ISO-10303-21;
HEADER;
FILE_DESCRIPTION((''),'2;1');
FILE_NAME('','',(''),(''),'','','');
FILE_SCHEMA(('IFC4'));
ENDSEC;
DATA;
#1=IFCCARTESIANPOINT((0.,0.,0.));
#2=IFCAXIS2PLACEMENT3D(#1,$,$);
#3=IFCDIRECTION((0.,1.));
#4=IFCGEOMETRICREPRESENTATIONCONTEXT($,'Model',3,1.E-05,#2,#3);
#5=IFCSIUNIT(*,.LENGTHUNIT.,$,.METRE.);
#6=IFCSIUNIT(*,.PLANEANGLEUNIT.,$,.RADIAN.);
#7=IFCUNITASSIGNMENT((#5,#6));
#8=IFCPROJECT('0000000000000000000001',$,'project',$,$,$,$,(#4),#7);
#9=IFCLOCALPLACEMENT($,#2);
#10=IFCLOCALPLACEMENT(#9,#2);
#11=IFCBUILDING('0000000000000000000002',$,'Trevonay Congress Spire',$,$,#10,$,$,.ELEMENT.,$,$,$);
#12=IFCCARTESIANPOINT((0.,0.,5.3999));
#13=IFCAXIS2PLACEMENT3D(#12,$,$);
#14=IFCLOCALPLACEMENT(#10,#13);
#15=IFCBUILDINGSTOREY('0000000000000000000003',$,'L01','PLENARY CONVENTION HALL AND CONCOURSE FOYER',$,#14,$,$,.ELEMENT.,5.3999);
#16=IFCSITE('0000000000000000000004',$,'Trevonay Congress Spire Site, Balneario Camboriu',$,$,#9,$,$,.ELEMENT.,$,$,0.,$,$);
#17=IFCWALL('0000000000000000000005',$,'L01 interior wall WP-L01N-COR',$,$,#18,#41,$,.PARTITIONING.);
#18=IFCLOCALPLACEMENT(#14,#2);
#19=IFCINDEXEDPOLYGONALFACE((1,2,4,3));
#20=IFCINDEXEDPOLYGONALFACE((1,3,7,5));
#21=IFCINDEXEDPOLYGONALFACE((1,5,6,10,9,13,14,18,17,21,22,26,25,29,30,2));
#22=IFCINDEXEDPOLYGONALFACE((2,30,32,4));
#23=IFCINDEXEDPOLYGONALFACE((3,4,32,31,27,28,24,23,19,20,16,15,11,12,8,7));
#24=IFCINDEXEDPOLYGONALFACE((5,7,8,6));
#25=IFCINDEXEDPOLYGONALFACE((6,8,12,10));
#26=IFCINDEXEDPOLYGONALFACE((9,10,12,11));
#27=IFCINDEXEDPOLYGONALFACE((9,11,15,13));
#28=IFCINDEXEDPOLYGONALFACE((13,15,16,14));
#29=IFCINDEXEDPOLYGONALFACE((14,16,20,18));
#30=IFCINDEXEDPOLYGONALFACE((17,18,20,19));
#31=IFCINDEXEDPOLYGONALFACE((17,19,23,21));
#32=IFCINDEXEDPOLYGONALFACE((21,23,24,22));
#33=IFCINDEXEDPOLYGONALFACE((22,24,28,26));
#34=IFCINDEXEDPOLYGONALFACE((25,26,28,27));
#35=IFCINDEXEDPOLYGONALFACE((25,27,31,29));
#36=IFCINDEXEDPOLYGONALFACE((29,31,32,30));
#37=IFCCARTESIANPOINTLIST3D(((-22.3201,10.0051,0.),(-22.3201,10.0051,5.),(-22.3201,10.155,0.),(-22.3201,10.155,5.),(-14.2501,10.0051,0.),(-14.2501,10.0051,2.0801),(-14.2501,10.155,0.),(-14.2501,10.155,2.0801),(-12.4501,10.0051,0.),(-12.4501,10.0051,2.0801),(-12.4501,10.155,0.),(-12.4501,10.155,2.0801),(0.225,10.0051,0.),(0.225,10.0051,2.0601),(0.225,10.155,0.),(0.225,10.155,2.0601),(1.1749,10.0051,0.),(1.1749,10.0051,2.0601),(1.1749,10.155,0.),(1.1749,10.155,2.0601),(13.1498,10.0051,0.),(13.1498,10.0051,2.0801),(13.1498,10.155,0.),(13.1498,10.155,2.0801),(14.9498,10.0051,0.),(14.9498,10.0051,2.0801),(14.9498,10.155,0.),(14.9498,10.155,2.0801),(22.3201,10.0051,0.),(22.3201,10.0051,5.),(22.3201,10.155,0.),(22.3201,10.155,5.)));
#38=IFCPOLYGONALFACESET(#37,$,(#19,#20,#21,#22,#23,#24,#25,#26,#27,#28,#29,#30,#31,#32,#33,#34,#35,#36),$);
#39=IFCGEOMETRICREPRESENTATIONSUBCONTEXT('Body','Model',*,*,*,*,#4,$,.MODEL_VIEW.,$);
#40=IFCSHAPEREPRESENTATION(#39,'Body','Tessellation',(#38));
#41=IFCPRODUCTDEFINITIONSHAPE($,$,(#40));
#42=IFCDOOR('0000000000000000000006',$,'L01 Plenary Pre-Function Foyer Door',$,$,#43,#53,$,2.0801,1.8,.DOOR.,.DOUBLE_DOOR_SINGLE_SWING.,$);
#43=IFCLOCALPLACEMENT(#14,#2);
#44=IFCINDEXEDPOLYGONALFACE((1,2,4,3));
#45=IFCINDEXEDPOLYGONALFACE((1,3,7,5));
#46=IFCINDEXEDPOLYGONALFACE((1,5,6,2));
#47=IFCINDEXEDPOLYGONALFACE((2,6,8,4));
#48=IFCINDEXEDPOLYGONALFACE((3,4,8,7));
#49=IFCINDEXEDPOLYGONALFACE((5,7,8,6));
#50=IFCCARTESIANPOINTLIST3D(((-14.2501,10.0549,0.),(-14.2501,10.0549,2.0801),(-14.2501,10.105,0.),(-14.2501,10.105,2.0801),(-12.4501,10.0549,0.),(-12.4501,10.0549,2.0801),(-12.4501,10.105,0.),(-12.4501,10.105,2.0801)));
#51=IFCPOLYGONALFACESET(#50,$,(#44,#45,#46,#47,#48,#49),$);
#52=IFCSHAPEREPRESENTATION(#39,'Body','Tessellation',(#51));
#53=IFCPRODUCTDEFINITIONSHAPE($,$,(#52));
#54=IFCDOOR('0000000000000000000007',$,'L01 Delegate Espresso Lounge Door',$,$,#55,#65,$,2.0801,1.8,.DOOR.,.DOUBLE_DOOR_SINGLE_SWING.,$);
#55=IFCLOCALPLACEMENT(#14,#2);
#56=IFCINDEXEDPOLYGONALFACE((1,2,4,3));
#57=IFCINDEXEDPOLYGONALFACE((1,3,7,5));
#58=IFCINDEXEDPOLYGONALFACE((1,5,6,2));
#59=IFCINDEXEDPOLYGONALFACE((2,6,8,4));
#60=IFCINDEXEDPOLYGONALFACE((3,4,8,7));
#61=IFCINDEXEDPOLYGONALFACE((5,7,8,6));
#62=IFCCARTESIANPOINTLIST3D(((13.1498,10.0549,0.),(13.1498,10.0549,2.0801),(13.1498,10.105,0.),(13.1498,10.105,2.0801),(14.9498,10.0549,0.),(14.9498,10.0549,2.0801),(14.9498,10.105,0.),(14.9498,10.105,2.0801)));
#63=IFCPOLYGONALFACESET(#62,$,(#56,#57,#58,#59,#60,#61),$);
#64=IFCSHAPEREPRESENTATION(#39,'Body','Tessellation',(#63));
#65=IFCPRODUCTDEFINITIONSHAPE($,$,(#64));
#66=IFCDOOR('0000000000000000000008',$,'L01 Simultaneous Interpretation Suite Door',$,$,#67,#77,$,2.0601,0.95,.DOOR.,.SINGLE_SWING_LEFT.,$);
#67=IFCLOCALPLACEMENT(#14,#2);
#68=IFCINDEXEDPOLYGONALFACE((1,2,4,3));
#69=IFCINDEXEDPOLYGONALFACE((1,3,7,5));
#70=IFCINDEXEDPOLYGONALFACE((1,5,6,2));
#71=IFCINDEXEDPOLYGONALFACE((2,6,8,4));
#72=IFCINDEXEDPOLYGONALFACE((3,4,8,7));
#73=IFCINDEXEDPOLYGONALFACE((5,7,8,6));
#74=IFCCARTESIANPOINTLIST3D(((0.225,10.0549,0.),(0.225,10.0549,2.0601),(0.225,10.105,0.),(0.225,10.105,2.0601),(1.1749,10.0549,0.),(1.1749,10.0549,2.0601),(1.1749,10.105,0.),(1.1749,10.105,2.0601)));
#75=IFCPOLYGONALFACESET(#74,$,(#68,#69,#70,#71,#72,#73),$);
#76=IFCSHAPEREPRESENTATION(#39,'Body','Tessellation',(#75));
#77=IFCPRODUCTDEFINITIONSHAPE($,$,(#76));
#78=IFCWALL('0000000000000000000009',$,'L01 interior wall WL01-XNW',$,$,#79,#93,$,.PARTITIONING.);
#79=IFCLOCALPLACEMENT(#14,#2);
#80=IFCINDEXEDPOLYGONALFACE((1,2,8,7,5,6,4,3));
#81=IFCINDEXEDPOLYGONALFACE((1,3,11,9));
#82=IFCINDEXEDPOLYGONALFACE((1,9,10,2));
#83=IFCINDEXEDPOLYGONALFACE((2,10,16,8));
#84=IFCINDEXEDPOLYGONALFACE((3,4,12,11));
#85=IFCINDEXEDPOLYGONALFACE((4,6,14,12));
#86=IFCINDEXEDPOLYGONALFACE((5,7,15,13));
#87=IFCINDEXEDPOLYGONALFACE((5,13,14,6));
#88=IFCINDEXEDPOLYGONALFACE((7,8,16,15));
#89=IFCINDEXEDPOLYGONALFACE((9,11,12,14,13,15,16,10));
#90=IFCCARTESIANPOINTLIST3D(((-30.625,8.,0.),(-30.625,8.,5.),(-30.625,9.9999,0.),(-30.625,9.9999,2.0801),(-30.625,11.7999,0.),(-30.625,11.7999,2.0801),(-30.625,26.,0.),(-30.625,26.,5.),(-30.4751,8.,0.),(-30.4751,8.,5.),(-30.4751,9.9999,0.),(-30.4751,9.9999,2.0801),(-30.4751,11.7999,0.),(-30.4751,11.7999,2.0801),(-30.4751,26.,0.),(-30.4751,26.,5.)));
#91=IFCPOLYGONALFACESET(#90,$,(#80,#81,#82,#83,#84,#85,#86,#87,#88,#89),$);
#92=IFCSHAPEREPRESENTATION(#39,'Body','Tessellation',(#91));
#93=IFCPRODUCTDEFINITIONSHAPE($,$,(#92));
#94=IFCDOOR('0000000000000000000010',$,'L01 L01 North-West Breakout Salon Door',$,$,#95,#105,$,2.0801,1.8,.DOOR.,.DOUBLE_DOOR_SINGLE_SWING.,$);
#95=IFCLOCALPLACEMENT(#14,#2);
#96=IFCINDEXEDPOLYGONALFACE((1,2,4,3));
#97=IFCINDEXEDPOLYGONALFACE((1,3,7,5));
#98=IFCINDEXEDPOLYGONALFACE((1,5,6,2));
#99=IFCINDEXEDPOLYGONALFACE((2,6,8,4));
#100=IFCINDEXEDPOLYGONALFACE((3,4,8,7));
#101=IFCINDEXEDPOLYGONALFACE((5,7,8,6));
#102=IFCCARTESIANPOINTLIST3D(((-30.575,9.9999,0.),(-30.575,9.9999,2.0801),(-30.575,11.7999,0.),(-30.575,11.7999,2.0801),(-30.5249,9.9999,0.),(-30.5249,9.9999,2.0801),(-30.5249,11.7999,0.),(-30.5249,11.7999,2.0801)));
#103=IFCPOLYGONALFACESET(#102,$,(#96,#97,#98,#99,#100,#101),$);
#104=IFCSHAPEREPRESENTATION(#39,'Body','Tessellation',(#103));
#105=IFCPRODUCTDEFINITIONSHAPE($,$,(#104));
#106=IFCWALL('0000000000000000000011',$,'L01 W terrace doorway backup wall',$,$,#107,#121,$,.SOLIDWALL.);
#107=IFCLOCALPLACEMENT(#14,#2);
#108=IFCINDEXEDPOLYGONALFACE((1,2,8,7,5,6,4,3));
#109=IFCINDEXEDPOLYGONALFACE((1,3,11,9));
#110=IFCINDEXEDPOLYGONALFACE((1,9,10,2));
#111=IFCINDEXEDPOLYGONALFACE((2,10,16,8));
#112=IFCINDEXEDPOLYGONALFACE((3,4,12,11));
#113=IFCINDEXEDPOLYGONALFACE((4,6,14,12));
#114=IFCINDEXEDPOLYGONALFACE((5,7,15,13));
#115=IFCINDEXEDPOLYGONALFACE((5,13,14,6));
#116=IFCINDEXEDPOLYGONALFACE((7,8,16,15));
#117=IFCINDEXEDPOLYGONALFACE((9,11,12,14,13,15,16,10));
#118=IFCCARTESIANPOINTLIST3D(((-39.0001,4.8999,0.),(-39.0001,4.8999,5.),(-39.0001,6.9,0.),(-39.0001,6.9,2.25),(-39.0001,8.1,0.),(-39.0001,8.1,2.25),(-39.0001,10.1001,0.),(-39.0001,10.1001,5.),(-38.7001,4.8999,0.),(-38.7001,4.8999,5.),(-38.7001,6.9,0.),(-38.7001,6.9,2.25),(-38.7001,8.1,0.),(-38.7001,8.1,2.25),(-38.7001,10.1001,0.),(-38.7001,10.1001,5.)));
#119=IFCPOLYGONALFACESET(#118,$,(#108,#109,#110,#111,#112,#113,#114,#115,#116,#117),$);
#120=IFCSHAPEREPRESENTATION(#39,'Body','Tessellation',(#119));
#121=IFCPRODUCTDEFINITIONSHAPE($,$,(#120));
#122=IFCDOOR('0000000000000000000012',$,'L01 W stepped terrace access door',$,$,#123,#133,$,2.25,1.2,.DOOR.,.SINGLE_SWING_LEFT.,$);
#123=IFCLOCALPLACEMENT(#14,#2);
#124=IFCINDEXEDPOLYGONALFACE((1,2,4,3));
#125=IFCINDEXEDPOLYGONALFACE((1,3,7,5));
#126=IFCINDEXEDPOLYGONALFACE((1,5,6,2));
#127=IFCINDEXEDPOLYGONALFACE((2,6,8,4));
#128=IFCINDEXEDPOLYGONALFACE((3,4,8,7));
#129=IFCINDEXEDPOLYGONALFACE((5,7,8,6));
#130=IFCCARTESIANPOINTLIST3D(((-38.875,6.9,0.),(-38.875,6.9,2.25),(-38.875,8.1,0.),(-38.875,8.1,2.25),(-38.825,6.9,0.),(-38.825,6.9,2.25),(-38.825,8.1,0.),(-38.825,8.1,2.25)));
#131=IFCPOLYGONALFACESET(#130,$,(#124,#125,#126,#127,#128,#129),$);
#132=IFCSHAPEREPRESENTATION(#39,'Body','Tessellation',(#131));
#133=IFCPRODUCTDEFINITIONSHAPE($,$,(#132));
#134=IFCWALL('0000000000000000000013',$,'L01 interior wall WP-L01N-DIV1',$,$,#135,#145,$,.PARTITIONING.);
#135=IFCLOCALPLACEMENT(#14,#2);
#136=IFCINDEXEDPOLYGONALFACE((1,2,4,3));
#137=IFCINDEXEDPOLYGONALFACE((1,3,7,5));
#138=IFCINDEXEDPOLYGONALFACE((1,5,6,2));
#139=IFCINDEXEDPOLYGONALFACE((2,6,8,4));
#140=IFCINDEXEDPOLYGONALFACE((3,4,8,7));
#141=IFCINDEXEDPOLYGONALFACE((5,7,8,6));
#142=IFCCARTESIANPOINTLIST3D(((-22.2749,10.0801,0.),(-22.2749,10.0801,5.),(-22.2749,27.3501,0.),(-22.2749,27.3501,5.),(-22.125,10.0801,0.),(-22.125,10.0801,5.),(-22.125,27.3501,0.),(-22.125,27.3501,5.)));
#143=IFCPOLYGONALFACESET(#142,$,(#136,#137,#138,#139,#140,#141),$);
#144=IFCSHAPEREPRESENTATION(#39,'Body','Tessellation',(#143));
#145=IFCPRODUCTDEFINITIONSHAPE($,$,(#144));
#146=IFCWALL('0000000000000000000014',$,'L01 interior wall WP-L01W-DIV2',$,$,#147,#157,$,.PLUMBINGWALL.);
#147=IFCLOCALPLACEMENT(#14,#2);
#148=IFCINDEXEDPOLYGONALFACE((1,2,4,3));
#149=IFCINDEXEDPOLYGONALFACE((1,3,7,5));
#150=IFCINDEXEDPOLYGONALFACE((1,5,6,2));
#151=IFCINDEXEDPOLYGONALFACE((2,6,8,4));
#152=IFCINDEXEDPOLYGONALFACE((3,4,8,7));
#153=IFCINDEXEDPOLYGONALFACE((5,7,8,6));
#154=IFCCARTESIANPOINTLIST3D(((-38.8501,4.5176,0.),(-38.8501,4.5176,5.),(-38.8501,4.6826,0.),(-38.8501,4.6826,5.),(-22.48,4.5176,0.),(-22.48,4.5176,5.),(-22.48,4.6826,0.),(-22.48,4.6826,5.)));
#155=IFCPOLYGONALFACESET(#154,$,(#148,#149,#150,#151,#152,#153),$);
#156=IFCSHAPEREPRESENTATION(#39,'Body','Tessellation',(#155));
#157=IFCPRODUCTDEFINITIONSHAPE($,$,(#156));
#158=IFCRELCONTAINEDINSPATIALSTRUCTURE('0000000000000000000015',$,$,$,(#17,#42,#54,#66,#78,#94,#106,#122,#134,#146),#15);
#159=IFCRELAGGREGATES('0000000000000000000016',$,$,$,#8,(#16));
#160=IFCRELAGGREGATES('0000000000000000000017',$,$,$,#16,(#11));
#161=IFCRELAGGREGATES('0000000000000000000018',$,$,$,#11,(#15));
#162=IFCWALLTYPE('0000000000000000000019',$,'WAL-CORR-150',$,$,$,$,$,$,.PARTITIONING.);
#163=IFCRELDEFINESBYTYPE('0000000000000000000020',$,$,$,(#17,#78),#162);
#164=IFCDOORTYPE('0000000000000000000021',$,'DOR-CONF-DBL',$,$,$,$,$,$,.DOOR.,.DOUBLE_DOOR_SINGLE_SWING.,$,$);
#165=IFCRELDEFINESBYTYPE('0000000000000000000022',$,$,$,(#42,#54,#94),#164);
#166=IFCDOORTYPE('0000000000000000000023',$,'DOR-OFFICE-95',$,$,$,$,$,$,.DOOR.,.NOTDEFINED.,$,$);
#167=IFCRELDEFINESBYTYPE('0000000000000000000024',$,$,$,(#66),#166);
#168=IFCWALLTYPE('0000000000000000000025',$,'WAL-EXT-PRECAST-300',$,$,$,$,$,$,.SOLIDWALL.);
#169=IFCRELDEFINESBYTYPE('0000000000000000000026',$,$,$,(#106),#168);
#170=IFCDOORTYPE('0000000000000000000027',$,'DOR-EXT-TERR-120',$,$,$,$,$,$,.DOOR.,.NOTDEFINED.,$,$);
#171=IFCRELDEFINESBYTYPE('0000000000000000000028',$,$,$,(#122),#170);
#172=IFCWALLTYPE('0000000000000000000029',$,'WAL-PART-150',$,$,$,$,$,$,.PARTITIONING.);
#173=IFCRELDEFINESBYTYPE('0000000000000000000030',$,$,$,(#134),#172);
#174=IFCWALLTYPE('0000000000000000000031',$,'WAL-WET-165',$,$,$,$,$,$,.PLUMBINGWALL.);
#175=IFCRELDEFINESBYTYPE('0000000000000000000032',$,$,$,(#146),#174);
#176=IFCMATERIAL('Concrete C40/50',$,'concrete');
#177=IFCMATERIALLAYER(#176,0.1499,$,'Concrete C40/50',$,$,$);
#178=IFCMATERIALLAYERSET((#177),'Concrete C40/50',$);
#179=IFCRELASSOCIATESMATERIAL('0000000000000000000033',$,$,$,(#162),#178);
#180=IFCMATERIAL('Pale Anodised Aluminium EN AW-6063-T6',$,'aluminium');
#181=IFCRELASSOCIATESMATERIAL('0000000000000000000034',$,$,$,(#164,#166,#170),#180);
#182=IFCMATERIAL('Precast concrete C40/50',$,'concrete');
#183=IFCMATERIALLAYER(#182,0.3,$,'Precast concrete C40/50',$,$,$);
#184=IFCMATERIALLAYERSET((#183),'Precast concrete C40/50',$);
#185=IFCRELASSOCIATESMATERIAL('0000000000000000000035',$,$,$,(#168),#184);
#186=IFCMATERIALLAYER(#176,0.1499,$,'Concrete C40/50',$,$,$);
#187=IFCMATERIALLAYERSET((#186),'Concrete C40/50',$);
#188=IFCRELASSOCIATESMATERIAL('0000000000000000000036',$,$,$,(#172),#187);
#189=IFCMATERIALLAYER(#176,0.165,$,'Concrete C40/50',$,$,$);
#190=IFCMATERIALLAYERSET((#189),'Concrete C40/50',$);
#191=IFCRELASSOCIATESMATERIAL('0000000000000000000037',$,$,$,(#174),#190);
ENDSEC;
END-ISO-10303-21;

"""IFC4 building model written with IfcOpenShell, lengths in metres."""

from ifc_helpers import new_model, si_unit, direction, frame, frame_2d, origin, place, context, subcontext, project, spatial, rectangle, extrude, material, layer, layer_set, type_object, element, fill, save


model = new_model("IFC4")

# Units and contexts
model_context = context("Model", 3, precision=1e-05, world=origin(), true_north=direction((0.0, 1.0)))
body_context = subcontext(model_context, "Body", "Model", "MODEL_VIEW")
ifc_project = project(units=[si_unit("LENGTHUNIT", "METRE"), si_unit("PLANEANGLEUNIT", "RADIAN")], contexts=[model_context])

# Site, building, storey
site_placement = place(None, origin())
site = spatial("IfcSite", under=ifc_project, at=site_placement, Name="Trevonay Congress Spire Site, Balneario Camboriu", CompositionType="ELEMENT", RefElevation=0.0)
building_placement = place(site_placement, origin())
building = spatial("IfcBuilding", under=site, at=building_placement, Name="Trevonay Congress Spire", CompositionType="ELEMENT")
storey_placement = place(building_placement, frame((0.0, 0.0, 5.3999)))
storey = spatial("IfcBuildingStorey", under=building, at=storey_placement, Name="L01", Description="PLENARY CONVENTION HALL AND CONCOURSE FOYER", CompositionType="ELEMENT", Elevation=5.3999)

# Shared definitions
ifc_material_1 = material(Name="Pale Anodised Aluminium EN AW-6063-T6", Category="aluminium")

# Wall, openings, doors
ifc_material_2 = material(Name="Concrete C40/50", Category="concrete")
ifc_layer_1 = layer(ifc_material_2, 0.1499, Name="Concrete C40/50")
ifc_layer_set_1 = layer_set([ifc_layer_1], Name="Concrete C40/50")
wall_type_1 = type_object("IfcWallType", Name="WAL-CORR-150", PredefinedType="PARTITIONING", material=ifc_layer_set_1)
wall_1_placement = place(storey_placement, frame((-22.3201, 10.0801, 0.0), z_axis=(0.0, 0.0, 1.0), x_axis=(1.0, 0.0, 0.0)))
wall_1 = element("IfcWall", 1, at=wall_1_placement, inside=storey, type_object=wall_type_1, Name="L01 interior wall WP-L01N-COR", PredefinedType="PARTITIONING", context=body_context, shape_type="SweptSolid", body=[
    extrude(rectangle(XDim=44.6401, YDim=0.1499, at=frame_2d((22.3201, 0.0))), origin(), (0.0, 0.0, 1.0), 5.0),
])
opening_1_placement = place(wall_1_placement, frame((8.0701, 0.0, 0.0)))
opening_1 = element("IfcOpeningElement", 2, at=opening_1_placement, cuts=wall_1, PredefinedType="OPENING", context=body_context, shape_type="SweptSolid", body=[
    extrude(rectangle(XDim=1.8, YDim=2.0801, at=frame_2d((0.8999, 1.04))), frame((0.0, 0.085, 0.0), z_axis=(0.0, -1.0, 0.0), x_axis=(1.0, 0.0, 0.0)), (0.0, 0.0, 1.0), 0.1699),
])
opening_2_placement = place(wall_1_placement, frame((22.5449, 0.0, 0.0)))
opening_2 = element("IfcOpeningElement", 3, at=opening_2_placement, cuts=wall_1, PredefinedType="OPENING", context=body_context, shape_type="SweptSolid", body=[
    extrude(rectangle(XDim=0.95, YDim=2.0601, at=frame_2d((0.4751, 1.03))), frame((0.0, 0.085, 0.0), z_axis=(0.0, -1.0, 0.0), x_axis=(1.0, 0.0, 0.0)), (0.0, 0.0, 1.0), 0.1699),
])
opening_3_placement = place(wall_1_placement, frame((35.47, 0.0, 0.0)))
opening_3 = element("IfcOpeningElement", 4, at=opening_3_placement, cuts=wall_1, PredefinedType="OPENING", context=body_context, shape_type="SweptSolid", body=[
    extrude(rectangle(XDim=1.8, YDim=2.0801, at=frame_2d((0.8999, 1.04))), frame((0.0, 0.085, 0.0), z_axis=(0.0, -1.0, 0.0), x_axis=(1.0, 0.0, 0.0)), (0.0, 0.0, 1.0), 0.1699),
])
door_type_1 = type_object("IfcDoorType", Name="DOR-CONF-DBL", OperationType="DOUBLE_DOOR_SINGLE_SWING", PredefinedType="DOOR", material=ifc_material_1)
door_1_placement = place(opening_1_placement, origin())
door_1 = element("IfcDoor", 5, at=door_1_placement, inside=storey, type_object=door_type_1, Name="L01 Plenary Pre-Function Foyer Door", OperationType="DOUBLE_DOOR_SINGLE_SWING", OverallHeight=2.0801, OverallWidth=1.8, PredefinedType="DOOR", context=body_context, shape_type="SweptSolid", body=[
    extrude(rectangle(XDim=1.8, YDim=2.0801, at=frame_2d((0.8999, 1.04))), frame((0.0, 0.0249, 0.0), z_axis=(0.0, -1.0, 0.0), x_axis=(1.0, 0.0, 0.0)), (0.0, 0.0, 1.0), 0.05),
])
fill(opening_1, door_1)
door_2_placement = place(opening_3_placement, origin())
door_2 = element("IfcDoor", 6, at=door_2_placement, inside=storey, type_object=door_type_1, Name="L01 Delegate Espresso Lounge Door", OperationType="DOUBLE_DOOR_SINGLE_SWING", OverallHeight=2.0801, OverallWidth=1.8, PredefinedType="DOOR", context=body_context, shape_type="SweptSolid", body=[
    extrude(rectangle(XDim=1.8, YDim=2.0801, at=frame_2d((0.8999, 1.04))), frame((0.0, 0.0249, 0.0), z_axis=(0.0, -1.0, 0.0), x_axis=(1.0, 0.0, 0.0)), (0.0, 0.0, 1.0), 0.05),
])
fill(opening_3, door_2)
door_type_2 = type_object("IfcDoorType", Name="DOR-OFFICE-95", OperationType="NOTDEFINED", PredefinedType="DOOR", material=ifc_material_1)
door_3_placement = place(opening_2_placement, origin())
door_3 = element("IfcDoor", 7, at=door_3_placement, inside=storey, type_object=door_type_2, Name="L01 Simultaneous Interpretation Suite Door", OperationType="SINGLE_SWING_LEFT", OverallHeight=2.0601, OverallWidth=0.95, PredefinedType="DOOR", context=body_context, shape_type="SweptSolid", body=[
    extrude(rectangle(XDim=0.95, YDim=2.0601, at=frame_2d((0.4751, 1.03))), frame((0.0, 0.0249, 0.0), z_axis=(0.0, -1.0, 0.0), x_axis=(1.0, 0.0, 0.0)), (0.0, 0.0, 1.0), 0.05),
])
fill(opening_2, door_3)

# Walls, openings, doors
wall_2_placement = place(storey_placement, frame((-30.55, 8.0, 0.0), z_axis=(0.0, 0.0, 1.0), x_axis=(0.0, 1.0, 0.0)))
wall_2 = element("IfcWall", 8, at=wall_2_placement, inside=storey, type_object=wall_type_1, Name="L01 interior wall WL01-XNW", PredefinedType="PARTITIONING", context=body_context, shape_type="SweptSolid", body=[
    extrude(rectangle(XDim=18.0, YDim=0.1499, at=frame_2d((9.0, 0.0))), origin(), (0.0, 0.0, 1.0), 5.0),
])
opening_4_placement = place(wall_2_placement, frame((2.0, 0.0, 0.0)))
opening_4 = element("IfcOpeningElement", 9, at=opening_4_placement, cuts=wall_2, PredefinedType="OPENING", context=body_context, shape_type="SweptSolid", body=[
    extrude(rectangle(XDim=1.8, YDim=2.0801, at=frame_2d((0.8999, 1.04))), frame((0.0, 0.085, 0.0), z_axis=(0.0, -1.0, 0.0), x_axis=(1.0, 0.0, 0.0)), (0.0, 0.0, 1.0), 0.1699),
])
door_4_placement = place(opening_4_placement, origin())
door_4 = element("IfcDoor", 10, at=door_4_placement, inside=storey, type_object=door_type_1, Name="L01 L01 North-West Breakout Salon Door", OperationType="DOUBLE_DOOR_SINGLE_SWING", OverallHeight=2.0801, OverallWidth=1.8, PredefinedType="DOOR", context=body_context, shape_type="SweptSolid", body=[
    extrude(rectangle(XDim=1.8, YDim=2.0801, at=frame_2d((0.8999, 1.04))), frame((0.0, 0.0249, 0.0), z_axis=(0.0, -1.0, 0.0), x_axis=(1.0, 0.0, 0.0)), (0.0, 0.0, 1.0), 0.05),
])
fill(opening_4, door_4)
ifc_material_3 = material(Name="Precast concrete C40/50", Category="concrete")
ifc_layer_2 = layer(ifc_material_3, 0.3, Name="Precast concrete C40/50")
ifc_layer_set_2 = layer_set([ifc_layer_2], Name="Precast concrete C40/50")
wall_type_2 = type_object("IfcWallType", Name="WAL-EXT-PRECAST-300", PredefinedType="SOLIDWALL", material=ifc_layer_set_2)
wall_3_placement = place(storey_placement, frame((-38.8501, 4.8999, 0.0), z_axis=(0.0, 0.0, 1.0), x_axis=(0.0, 1.0, 0.0)))
wall_3 = element("IfcWall", 11, at=wall_3_placement, inside=storey, type_object=wall_type_2, Name="L01 W terrace doorway backup wall", PredefinedType="SOLIDWALL", context=body_context, shape_type="SweptSolid", body=[
    extrude(rectangle(XDim=5.2002, YDim=0.3, at=frame_2d((2.6001, 0.0))), origin(), (0.0, 0.0, 1.0), 5.0),
])
opening_5_placement = place(wall_3_placement, frame((2.0, 0.0, 0.0)))
opening_5 = element("IfcOpeningElement", 12, at=opening_5_placement, cuts=wall_3, PredefinedType="OPENING", context=body_context, shape_type="SweptSolid", body=[
    extrude(rectangle(XDim=1.2, YDim=2.25, at=frame_2d((0.6001, 1.125))), frame((0.0, 0.1602, 0.0), z_axis=(0.0, -1.0, 0.0), x_axis=(1.0, 0.0, 0.0)), (0.0, 0.0, 1.0), 0.3201),
])
door_type_3 = type_object("IfcDoorType", Name="DOR-EXT-TERR-120", OperationType="NOTDEFINED", PredefinedType="DOOR", material=ifc_material_1)
door_5_placement = place(opening_5_placement, origin())
door_5 = element("IfcDoor", 13, at=door_5_placement, inside=storey, type_object=door_type_3, Name="L01 W stepped terrace access door", OperationType="SINGLE_SWING_LEFT", OverallHeight=2.25, OverallWidth=1.2, PredefinedType="DOOR", context=body_context, shape_type="SweptSolid", body=[
    extrude(rectangle(XDim=1.2, YDim=2.25, at=frame_2d((0.6001, 1.125))), frame((0.0, 0.0249, 0.0), z_axis=(0.0, -1.0, 0.0), x_axis=(1.0, 0.0, 0.0)), (0.0, 0.0, 1.0), 0.05),
])
fill(opening_5, door_5)

# Walls
ifc_layer_3 = layer(ifc_material_2, 0.1499, Name="Concrete C40/50")
ifc_layer_set_3 = layer_set([ifc_layer_3], Name="Concrete C40/50")
wall_type_3 = type_object("IfcWallType", Name="WAL-PART-150", PredefinedType="PARTITIONING", material=ifc_layer_set_3)
wall_4_placement = place(storey_placement, frame((-22.2, 10.0801, 0.0), z_axis=(0.0, 0.0, 1.0), x_axis=(0.0, 1.0, 0.0)))
element("IfcWall", 14, at=wall_4_placement, inside=storey, type_object=wall_type_3, Name="L01 interior wall WP-L01N-DIV1", PredefinedType="PARTITIONING", context=body_context, shape_type="SweptSolid", body=[
    extrude(rectangle(XDim=17.27, YDim=0.1499, at=frame_2d((8.635, 0.0))), origin(), (0.0, 0.0, 1.0), 5.0),
])
ifc_layer_4 = layer(ifc_material_2, 0.165, Name="Concrete C40/50")
ifc_layer_set_4 = layer_set([ifc_layer_4], Name="Concrete C40/50")
wall_type_4 = type_object("IfcWallType", Name="WAL-WET-165", PredefinedType="PLUMBINGWALL", material=ifc_layer_set_4)
wall_5_placement = place(storey_placement, frame((-38.8501, 4.6001, 0.0), z_axis=(0.0, 0.0, 1.0), x_axis=(1.0, 0.0, 0.0)))
element("IfcWall", 15, at=wall_5_placement, inside=storey, type_object=wall_type_4, Name="L01 interior wall WP-L01W-DIV2", PredefinedType="PLUMBINGWALL", context=body_context, shape_type="SweptSolid", body=[
    extrude(rectangle(XDim=16.3701, YDim=0.165, at=frame_2d((8.1851, 0.0))), origin(), (0.0, 0.0, 1.0), 5.0),
])

save(model, "model.ifc")
